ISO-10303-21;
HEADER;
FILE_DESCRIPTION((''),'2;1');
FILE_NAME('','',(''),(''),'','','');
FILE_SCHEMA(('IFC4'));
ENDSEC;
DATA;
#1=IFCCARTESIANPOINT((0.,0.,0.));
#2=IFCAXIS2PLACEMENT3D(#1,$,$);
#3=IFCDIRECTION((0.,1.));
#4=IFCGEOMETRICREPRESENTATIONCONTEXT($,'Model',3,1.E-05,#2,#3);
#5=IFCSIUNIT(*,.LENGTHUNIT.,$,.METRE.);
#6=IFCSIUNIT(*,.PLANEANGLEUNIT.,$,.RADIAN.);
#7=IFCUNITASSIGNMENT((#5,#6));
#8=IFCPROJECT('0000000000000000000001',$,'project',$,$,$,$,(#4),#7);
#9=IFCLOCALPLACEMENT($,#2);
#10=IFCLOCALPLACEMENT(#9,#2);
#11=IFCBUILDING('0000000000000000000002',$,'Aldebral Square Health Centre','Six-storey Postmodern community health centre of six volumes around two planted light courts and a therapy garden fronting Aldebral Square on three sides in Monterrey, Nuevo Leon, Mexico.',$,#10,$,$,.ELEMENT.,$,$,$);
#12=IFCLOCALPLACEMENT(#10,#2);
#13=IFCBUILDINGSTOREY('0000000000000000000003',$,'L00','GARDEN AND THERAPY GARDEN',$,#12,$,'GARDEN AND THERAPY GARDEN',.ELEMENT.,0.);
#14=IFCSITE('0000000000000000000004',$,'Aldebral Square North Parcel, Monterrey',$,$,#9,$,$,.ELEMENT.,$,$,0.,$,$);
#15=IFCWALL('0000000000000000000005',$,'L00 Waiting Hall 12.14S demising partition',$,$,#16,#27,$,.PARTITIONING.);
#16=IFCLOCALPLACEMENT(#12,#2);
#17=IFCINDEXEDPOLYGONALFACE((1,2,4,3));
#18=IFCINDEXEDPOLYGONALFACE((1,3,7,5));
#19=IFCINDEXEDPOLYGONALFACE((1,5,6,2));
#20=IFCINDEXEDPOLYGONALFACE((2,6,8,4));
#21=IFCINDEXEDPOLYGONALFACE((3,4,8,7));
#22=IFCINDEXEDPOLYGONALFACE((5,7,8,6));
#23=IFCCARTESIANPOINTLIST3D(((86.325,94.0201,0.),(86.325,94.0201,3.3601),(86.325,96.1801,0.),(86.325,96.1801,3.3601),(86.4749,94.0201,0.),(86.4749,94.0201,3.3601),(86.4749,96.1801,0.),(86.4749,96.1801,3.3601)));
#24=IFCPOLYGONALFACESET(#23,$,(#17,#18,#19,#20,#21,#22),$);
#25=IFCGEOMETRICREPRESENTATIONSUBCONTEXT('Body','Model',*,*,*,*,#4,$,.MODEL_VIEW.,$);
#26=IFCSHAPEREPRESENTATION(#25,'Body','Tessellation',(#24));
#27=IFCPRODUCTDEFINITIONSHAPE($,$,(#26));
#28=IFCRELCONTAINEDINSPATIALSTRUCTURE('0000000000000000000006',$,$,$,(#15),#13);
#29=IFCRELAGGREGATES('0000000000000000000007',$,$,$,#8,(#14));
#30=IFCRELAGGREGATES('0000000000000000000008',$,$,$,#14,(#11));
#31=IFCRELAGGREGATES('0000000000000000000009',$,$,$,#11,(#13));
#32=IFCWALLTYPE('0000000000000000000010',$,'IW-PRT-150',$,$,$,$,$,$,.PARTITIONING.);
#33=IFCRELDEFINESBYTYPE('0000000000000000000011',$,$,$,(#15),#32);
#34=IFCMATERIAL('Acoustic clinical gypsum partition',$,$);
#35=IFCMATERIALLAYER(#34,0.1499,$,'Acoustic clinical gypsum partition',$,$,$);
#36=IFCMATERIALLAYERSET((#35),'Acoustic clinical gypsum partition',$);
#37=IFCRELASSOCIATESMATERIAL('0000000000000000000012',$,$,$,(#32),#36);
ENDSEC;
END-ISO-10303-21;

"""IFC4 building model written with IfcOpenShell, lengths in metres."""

from ifc_helpers import new_model, si_unit, direction, frame, frame_2d, origin, place, context, subcontext, project, spatial, rectangle, extrude, material, layer, layer_set, type_object, element, save


model = new_model("IFC4")

# Units and contexts
model_context = context("Model", 3, precision=1e-05, world=origin(), true_north=direction((0.0, 1.0)))
body_context = subcontext(model_context, "Body", "Model", "MODEL_VIEW")
ifc_project = project(units=[si_unit("LENGTHUNIT", "METRE"), si_unit("PLANEANGLEUNIT", "RADIAN")], contexts=[model_context])

# Site, building, storey
site_placement = place(None, origin())
site = spatial("IfcSite", under=ifc_project, at=site_placement, Name="Aldebral Square North Parcel, Monterrey", CompositionType="ELEMENT", RefElevation=0.0)
building_placement = place(site_placement, origin())
building = spatial("IfcBuilding", under=site, at=building_placement, Name="Aldebral Square Health Centre", Description="Six-storey Postmodern community health centre of six volumes around two planted light courts and a therapy garden fronting Aldebral Square on three sides in Monterrey, Nuevo Leon, Mexico.", CompositionType="ELEMENT")
storey_placement = place(building_placement, origin())
storey = spatial("IfcBuildingStorey", under=building, at=storey_placement, Name="L00", Description="GARDEN AND THERAPY GARDEN", LongName="GARDEN AND THERAPY GARDEN", CompositionType="ELEMENT", Elevation=0.0)

# Wall
ifc_material_1 = material(Name="Acoustic clinical gypsum partition")
ifc_layer_1 = layer(ifc_material_1, 0.1499, Name="Acoustic clinical gypsum partition")
ifc_layer_set_1 = layer_set([ifc_layer_1], Name="Acoustic clinical gypsum partition")
wall_type_1 = type_object("IfcWallType", Name="IW-PRT-150", PredefinedType="PARTITIONING", material=ifc_layer_set_1)
wall_1_placement = place(storey_placement, frame((86.3999, 94.02, 0.0), z_axis=(0.0, 0.0, 1.0), x_axis=(0.0, 1.0, 0.0)))
element("IfcWall", 1, at=wall_1_placement, inside=storey, type_object=wall_type_1, Name="L00 Waiting Hall 12.14S demising partition", PredefinedType="PARTITIONING", context=body_context, shape_type="SweptSolid", body=[
    extrude(rectangle(XDim=2.1599, YDim=0.1499, at=frame_2d((1.0801, 0.0))), origin(), (0.0, 0.0, 1.0), 3.3601),
])

save(model, "model.ifc")
